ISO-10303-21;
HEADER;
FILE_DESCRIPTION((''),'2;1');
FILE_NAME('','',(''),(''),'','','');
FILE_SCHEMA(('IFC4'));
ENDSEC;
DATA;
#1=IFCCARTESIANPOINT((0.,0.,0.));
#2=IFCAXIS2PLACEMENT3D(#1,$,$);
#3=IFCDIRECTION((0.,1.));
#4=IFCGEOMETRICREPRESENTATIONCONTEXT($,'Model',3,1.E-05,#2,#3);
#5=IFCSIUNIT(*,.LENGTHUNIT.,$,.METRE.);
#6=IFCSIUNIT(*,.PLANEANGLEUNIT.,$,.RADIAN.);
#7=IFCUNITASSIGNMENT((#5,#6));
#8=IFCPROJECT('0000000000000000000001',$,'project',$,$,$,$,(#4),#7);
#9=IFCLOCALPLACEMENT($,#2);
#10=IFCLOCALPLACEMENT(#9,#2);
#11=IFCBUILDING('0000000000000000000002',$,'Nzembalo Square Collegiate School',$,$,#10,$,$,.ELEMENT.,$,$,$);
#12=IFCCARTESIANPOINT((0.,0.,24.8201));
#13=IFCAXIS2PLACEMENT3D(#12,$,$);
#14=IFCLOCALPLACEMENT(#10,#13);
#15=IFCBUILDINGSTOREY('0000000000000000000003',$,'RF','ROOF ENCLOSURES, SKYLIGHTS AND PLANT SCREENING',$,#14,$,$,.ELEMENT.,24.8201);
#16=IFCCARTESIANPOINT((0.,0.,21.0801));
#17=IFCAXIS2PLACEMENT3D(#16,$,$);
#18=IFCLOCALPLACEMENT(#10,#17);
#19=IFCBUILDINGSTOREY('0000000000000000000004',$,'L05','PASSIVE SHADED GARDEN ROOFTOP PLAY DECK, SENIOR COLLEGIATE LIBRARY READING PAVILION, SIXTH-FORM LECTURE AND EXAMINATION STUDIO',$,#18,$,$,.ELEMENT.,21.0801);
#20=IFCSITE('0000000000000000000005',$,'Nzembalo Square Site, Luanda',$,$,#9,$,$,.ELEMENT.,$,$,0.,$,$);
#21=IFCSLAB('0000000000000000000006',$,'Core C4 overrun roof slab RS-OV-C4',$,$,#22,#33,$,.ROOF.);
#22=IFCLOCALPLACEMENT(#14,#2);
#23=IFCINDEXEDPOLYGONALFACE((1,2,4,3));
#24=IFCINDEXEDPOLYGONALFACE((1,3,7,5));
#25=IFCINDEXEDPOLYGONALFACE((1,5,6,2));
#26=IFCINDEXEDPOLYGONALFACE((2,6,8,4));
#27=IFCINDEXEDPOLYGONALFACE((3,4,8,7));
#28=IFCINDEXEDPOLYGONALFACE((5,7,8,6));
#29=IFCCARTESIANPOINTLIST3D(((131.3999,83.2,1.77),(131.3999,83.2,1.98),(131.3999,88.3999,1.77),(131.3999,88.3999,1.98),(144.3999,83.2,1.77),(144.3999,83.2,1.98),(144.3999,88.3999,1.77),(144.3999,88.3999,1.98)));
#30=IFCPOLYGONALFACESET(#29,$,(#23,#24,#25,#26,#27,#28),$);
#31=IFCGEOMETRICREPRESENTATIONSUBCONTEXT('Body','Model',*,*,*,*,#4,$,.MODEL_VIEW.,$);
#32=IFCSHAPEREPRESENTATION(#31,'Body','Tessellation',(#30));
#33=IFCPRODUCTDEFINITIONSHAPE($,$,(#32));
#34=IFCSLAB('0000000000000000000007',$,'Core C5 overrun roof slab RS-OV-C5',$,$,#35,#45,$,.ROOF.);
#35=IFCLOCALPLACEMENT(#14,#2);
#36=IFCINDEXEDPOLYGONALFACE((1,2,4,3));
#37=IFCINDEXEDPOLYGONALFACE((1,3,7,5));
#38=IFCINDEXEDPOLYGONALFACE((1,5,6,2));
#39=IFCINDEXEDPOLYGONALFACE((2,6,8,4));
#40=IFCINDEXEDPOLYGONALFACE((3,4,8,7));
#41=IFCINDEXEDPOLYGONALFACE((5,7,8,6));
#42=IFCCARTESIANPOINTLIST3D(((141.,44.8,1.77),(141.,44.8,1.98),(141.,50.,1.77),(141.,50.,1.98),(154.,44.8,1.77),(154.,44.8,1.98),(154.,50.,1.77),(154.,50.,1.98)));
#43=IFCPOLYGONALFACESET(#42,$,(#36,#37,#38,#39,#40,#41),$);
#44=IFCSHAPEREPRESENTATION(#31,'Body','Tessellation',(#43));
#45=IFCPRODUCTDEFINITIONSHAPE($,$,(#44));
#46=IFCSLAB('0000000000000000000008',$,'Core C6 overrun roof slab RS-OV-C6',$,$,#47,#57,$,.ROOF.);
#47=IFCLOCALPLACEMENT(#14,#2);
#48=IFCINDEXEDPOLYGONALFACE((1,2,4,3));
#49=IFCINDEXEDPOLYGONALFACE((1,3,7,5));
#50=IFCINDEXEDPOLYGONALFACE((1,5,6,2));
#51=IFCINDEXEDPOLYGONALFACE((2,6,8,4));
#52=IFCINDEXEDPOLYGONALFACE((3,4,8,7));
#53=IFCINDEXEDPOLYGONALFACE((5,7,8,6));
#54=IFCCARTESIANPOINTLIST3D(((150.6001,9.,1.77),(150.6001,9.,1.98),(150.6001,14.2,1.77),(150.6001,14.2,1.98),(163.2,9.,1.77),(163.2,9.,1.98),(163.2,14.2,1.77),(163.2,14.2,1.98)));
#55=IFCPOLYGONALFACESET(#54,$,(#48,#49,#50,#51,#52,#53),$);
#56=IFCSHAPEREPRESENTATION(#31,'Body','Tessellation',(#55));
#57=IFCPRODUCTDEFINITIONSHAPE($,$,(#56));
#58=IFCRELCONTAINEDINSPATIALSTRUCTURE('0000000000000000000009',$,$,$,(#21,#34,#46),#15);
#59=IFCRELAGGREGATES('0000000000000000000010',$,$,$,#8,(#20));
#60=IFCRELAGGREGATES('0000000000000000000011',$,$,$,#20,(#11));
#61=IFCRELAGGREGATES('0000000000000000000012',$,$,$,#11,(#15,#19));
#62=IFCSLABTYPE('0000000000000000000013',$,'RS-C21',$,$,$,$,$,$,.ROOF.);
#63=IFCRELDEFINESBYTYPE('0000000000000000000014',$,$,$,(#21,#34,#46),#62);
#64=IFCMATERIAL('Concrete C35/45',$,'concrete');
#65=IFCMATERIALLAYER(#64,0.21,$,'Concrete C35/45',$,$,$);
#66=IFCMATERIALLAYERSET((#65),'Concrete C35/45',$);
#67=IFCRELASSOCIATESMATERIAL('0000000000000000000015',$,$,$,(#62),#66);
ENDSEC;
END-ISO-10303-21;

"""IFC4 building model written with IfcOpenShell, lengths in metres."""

from ifc_helpers import new_model, si_unit, direction, frame, origin, place, context, subcontext, project, spatial, polyline, outline, extrude, material, layer, layer_set, type_object, element, save


model = new_model("IFC4")

# Units and contexts
model_context = context("Model", 3, precision=1e-05, world=origin(), true_north=direction((0.0, 1.0)))
body_context = subcontext(model_context, "Body", "Model", "MODEL_VIEW")
ifc_project = project(units=[si_unit("LENGTHUNIT", "METRE"), si_unit("PLANEANGLEUNIT", "RADIAN")], contexts=[model_context])

# Site, building, storey
site_placement = place(None, origin())
site = spatial("IfcSite", under=ifc_project, at=site_placement, Name="Nzembalo Square Site, Luanda", CompositionType="ELEMENT", RefElevation=0.0)
building_placement = place(site_placement, origin())
building = spatial("IfcBuilding", under=site, at=building_placement, Name="Nzembalo Square Collegiate School", CompositionType="ELEMENT")
storey_1_placement = place(building_placement, frame((0.0, 0.0, 24.8201)))
storey_1 = spatial("IfcBuildingStorey", under=building, at=storey_1_placement, Name="RF", Description="ROOF ENCLOSURES, SKYLIGHTS AND PLANT SCREENING", CompositionType="ELEMENT", Elevation=24.8201)

# Slabs
ifc_material_1 = material(Name="Concrete C35/45", Category="concrete")
ifc_layer_1 = layer(ifc_material_1, 0.21, Name="Concrete C35/45")
ifc_layer_set_1 = layer_set([ifc_layer_1], Name="Concrete C35/45")
slab_type_1 = type_object("IfcSlabType", Name="RS-C21", PredefinedType="ROOF", material=ifc_layer_set_1)
slab_1_placement = place(storey_1_placement, frame((0.0, 0.0, 1.77)))
element("IfcSlab", 1, at=slab_1_placement, inside=storey_1, type_object=slab_type_1, Name="Core C4 overrun roof slab RS-OV-C4", PredefinedType="ROOF", context=body_context, shape_type="SweptSolid", body=[
    extrude(outline(polyline([(131.3999, 83.2), (144.3999, 83.2), (144.3999, 88.3999), (131.3999, 88.3999), (131.3999, 83.2)])), origin(), (0.0, 0.0, 1.0), 0.21),
])
slab_2_placement = place(storey_1_placement, frame((0.0, 0.0, 1.77)))
element("IfcSlab", 2, at=slab_2_placement, inside=storey_1, type_object=slab_type_1, Name="Core C5 overrun roof slab RS-OV-C5", PredefinedType="ROOF", context=body_context, shape_type="SweptSolid", body=[
    extrude(outline(polyline([(141.0, 44.8), (154.0, 44.8), (154.0, 50.0), (141.0, 50.0), (141.0, 44.8)])), origin(), (0.0, 0.0, 1.0), 0.21),
])
slab_3_placement = place(storey_1_placement, frame((0.0, 0.0, 1.77)))
element("IfcSlab", 3, at=slab_3_placement, inside=storey_1, type_object=slab_type_1, Name="Core C6 overrun roof slab RS-OV-C6", PredefinedType="ROOF", context=body_context, shape_type="SweptSolid", body=[
    extrude(outline(polyline([(150.6001, 9.0), (163.2, 9.0), (163.2, 14.2), (150.6001, 14.2), (150.6001, 9.0)])), origin(), (0.0, 0.0, 1.0), 0.21),
])

# Shared definitions
storey_2_placement = place(building_placement, frame((0.0, 0.0, 21.0801)))
storey_2 = spatial("IfcBuildingStorey", under=building, at=storey_2_placement, Name="L05", Description="PASSIVE SHADED GARDEN ROOFTOP PLAY DECK, SENIOR COLLEGIATE LIBRARY READING PAVILION, SIXTH-FORM LECTURE AND EXAMINATION STUDIO", CompositionType="ELEMENT", Elevation=21.0801)

save(model, "model.ifc")
